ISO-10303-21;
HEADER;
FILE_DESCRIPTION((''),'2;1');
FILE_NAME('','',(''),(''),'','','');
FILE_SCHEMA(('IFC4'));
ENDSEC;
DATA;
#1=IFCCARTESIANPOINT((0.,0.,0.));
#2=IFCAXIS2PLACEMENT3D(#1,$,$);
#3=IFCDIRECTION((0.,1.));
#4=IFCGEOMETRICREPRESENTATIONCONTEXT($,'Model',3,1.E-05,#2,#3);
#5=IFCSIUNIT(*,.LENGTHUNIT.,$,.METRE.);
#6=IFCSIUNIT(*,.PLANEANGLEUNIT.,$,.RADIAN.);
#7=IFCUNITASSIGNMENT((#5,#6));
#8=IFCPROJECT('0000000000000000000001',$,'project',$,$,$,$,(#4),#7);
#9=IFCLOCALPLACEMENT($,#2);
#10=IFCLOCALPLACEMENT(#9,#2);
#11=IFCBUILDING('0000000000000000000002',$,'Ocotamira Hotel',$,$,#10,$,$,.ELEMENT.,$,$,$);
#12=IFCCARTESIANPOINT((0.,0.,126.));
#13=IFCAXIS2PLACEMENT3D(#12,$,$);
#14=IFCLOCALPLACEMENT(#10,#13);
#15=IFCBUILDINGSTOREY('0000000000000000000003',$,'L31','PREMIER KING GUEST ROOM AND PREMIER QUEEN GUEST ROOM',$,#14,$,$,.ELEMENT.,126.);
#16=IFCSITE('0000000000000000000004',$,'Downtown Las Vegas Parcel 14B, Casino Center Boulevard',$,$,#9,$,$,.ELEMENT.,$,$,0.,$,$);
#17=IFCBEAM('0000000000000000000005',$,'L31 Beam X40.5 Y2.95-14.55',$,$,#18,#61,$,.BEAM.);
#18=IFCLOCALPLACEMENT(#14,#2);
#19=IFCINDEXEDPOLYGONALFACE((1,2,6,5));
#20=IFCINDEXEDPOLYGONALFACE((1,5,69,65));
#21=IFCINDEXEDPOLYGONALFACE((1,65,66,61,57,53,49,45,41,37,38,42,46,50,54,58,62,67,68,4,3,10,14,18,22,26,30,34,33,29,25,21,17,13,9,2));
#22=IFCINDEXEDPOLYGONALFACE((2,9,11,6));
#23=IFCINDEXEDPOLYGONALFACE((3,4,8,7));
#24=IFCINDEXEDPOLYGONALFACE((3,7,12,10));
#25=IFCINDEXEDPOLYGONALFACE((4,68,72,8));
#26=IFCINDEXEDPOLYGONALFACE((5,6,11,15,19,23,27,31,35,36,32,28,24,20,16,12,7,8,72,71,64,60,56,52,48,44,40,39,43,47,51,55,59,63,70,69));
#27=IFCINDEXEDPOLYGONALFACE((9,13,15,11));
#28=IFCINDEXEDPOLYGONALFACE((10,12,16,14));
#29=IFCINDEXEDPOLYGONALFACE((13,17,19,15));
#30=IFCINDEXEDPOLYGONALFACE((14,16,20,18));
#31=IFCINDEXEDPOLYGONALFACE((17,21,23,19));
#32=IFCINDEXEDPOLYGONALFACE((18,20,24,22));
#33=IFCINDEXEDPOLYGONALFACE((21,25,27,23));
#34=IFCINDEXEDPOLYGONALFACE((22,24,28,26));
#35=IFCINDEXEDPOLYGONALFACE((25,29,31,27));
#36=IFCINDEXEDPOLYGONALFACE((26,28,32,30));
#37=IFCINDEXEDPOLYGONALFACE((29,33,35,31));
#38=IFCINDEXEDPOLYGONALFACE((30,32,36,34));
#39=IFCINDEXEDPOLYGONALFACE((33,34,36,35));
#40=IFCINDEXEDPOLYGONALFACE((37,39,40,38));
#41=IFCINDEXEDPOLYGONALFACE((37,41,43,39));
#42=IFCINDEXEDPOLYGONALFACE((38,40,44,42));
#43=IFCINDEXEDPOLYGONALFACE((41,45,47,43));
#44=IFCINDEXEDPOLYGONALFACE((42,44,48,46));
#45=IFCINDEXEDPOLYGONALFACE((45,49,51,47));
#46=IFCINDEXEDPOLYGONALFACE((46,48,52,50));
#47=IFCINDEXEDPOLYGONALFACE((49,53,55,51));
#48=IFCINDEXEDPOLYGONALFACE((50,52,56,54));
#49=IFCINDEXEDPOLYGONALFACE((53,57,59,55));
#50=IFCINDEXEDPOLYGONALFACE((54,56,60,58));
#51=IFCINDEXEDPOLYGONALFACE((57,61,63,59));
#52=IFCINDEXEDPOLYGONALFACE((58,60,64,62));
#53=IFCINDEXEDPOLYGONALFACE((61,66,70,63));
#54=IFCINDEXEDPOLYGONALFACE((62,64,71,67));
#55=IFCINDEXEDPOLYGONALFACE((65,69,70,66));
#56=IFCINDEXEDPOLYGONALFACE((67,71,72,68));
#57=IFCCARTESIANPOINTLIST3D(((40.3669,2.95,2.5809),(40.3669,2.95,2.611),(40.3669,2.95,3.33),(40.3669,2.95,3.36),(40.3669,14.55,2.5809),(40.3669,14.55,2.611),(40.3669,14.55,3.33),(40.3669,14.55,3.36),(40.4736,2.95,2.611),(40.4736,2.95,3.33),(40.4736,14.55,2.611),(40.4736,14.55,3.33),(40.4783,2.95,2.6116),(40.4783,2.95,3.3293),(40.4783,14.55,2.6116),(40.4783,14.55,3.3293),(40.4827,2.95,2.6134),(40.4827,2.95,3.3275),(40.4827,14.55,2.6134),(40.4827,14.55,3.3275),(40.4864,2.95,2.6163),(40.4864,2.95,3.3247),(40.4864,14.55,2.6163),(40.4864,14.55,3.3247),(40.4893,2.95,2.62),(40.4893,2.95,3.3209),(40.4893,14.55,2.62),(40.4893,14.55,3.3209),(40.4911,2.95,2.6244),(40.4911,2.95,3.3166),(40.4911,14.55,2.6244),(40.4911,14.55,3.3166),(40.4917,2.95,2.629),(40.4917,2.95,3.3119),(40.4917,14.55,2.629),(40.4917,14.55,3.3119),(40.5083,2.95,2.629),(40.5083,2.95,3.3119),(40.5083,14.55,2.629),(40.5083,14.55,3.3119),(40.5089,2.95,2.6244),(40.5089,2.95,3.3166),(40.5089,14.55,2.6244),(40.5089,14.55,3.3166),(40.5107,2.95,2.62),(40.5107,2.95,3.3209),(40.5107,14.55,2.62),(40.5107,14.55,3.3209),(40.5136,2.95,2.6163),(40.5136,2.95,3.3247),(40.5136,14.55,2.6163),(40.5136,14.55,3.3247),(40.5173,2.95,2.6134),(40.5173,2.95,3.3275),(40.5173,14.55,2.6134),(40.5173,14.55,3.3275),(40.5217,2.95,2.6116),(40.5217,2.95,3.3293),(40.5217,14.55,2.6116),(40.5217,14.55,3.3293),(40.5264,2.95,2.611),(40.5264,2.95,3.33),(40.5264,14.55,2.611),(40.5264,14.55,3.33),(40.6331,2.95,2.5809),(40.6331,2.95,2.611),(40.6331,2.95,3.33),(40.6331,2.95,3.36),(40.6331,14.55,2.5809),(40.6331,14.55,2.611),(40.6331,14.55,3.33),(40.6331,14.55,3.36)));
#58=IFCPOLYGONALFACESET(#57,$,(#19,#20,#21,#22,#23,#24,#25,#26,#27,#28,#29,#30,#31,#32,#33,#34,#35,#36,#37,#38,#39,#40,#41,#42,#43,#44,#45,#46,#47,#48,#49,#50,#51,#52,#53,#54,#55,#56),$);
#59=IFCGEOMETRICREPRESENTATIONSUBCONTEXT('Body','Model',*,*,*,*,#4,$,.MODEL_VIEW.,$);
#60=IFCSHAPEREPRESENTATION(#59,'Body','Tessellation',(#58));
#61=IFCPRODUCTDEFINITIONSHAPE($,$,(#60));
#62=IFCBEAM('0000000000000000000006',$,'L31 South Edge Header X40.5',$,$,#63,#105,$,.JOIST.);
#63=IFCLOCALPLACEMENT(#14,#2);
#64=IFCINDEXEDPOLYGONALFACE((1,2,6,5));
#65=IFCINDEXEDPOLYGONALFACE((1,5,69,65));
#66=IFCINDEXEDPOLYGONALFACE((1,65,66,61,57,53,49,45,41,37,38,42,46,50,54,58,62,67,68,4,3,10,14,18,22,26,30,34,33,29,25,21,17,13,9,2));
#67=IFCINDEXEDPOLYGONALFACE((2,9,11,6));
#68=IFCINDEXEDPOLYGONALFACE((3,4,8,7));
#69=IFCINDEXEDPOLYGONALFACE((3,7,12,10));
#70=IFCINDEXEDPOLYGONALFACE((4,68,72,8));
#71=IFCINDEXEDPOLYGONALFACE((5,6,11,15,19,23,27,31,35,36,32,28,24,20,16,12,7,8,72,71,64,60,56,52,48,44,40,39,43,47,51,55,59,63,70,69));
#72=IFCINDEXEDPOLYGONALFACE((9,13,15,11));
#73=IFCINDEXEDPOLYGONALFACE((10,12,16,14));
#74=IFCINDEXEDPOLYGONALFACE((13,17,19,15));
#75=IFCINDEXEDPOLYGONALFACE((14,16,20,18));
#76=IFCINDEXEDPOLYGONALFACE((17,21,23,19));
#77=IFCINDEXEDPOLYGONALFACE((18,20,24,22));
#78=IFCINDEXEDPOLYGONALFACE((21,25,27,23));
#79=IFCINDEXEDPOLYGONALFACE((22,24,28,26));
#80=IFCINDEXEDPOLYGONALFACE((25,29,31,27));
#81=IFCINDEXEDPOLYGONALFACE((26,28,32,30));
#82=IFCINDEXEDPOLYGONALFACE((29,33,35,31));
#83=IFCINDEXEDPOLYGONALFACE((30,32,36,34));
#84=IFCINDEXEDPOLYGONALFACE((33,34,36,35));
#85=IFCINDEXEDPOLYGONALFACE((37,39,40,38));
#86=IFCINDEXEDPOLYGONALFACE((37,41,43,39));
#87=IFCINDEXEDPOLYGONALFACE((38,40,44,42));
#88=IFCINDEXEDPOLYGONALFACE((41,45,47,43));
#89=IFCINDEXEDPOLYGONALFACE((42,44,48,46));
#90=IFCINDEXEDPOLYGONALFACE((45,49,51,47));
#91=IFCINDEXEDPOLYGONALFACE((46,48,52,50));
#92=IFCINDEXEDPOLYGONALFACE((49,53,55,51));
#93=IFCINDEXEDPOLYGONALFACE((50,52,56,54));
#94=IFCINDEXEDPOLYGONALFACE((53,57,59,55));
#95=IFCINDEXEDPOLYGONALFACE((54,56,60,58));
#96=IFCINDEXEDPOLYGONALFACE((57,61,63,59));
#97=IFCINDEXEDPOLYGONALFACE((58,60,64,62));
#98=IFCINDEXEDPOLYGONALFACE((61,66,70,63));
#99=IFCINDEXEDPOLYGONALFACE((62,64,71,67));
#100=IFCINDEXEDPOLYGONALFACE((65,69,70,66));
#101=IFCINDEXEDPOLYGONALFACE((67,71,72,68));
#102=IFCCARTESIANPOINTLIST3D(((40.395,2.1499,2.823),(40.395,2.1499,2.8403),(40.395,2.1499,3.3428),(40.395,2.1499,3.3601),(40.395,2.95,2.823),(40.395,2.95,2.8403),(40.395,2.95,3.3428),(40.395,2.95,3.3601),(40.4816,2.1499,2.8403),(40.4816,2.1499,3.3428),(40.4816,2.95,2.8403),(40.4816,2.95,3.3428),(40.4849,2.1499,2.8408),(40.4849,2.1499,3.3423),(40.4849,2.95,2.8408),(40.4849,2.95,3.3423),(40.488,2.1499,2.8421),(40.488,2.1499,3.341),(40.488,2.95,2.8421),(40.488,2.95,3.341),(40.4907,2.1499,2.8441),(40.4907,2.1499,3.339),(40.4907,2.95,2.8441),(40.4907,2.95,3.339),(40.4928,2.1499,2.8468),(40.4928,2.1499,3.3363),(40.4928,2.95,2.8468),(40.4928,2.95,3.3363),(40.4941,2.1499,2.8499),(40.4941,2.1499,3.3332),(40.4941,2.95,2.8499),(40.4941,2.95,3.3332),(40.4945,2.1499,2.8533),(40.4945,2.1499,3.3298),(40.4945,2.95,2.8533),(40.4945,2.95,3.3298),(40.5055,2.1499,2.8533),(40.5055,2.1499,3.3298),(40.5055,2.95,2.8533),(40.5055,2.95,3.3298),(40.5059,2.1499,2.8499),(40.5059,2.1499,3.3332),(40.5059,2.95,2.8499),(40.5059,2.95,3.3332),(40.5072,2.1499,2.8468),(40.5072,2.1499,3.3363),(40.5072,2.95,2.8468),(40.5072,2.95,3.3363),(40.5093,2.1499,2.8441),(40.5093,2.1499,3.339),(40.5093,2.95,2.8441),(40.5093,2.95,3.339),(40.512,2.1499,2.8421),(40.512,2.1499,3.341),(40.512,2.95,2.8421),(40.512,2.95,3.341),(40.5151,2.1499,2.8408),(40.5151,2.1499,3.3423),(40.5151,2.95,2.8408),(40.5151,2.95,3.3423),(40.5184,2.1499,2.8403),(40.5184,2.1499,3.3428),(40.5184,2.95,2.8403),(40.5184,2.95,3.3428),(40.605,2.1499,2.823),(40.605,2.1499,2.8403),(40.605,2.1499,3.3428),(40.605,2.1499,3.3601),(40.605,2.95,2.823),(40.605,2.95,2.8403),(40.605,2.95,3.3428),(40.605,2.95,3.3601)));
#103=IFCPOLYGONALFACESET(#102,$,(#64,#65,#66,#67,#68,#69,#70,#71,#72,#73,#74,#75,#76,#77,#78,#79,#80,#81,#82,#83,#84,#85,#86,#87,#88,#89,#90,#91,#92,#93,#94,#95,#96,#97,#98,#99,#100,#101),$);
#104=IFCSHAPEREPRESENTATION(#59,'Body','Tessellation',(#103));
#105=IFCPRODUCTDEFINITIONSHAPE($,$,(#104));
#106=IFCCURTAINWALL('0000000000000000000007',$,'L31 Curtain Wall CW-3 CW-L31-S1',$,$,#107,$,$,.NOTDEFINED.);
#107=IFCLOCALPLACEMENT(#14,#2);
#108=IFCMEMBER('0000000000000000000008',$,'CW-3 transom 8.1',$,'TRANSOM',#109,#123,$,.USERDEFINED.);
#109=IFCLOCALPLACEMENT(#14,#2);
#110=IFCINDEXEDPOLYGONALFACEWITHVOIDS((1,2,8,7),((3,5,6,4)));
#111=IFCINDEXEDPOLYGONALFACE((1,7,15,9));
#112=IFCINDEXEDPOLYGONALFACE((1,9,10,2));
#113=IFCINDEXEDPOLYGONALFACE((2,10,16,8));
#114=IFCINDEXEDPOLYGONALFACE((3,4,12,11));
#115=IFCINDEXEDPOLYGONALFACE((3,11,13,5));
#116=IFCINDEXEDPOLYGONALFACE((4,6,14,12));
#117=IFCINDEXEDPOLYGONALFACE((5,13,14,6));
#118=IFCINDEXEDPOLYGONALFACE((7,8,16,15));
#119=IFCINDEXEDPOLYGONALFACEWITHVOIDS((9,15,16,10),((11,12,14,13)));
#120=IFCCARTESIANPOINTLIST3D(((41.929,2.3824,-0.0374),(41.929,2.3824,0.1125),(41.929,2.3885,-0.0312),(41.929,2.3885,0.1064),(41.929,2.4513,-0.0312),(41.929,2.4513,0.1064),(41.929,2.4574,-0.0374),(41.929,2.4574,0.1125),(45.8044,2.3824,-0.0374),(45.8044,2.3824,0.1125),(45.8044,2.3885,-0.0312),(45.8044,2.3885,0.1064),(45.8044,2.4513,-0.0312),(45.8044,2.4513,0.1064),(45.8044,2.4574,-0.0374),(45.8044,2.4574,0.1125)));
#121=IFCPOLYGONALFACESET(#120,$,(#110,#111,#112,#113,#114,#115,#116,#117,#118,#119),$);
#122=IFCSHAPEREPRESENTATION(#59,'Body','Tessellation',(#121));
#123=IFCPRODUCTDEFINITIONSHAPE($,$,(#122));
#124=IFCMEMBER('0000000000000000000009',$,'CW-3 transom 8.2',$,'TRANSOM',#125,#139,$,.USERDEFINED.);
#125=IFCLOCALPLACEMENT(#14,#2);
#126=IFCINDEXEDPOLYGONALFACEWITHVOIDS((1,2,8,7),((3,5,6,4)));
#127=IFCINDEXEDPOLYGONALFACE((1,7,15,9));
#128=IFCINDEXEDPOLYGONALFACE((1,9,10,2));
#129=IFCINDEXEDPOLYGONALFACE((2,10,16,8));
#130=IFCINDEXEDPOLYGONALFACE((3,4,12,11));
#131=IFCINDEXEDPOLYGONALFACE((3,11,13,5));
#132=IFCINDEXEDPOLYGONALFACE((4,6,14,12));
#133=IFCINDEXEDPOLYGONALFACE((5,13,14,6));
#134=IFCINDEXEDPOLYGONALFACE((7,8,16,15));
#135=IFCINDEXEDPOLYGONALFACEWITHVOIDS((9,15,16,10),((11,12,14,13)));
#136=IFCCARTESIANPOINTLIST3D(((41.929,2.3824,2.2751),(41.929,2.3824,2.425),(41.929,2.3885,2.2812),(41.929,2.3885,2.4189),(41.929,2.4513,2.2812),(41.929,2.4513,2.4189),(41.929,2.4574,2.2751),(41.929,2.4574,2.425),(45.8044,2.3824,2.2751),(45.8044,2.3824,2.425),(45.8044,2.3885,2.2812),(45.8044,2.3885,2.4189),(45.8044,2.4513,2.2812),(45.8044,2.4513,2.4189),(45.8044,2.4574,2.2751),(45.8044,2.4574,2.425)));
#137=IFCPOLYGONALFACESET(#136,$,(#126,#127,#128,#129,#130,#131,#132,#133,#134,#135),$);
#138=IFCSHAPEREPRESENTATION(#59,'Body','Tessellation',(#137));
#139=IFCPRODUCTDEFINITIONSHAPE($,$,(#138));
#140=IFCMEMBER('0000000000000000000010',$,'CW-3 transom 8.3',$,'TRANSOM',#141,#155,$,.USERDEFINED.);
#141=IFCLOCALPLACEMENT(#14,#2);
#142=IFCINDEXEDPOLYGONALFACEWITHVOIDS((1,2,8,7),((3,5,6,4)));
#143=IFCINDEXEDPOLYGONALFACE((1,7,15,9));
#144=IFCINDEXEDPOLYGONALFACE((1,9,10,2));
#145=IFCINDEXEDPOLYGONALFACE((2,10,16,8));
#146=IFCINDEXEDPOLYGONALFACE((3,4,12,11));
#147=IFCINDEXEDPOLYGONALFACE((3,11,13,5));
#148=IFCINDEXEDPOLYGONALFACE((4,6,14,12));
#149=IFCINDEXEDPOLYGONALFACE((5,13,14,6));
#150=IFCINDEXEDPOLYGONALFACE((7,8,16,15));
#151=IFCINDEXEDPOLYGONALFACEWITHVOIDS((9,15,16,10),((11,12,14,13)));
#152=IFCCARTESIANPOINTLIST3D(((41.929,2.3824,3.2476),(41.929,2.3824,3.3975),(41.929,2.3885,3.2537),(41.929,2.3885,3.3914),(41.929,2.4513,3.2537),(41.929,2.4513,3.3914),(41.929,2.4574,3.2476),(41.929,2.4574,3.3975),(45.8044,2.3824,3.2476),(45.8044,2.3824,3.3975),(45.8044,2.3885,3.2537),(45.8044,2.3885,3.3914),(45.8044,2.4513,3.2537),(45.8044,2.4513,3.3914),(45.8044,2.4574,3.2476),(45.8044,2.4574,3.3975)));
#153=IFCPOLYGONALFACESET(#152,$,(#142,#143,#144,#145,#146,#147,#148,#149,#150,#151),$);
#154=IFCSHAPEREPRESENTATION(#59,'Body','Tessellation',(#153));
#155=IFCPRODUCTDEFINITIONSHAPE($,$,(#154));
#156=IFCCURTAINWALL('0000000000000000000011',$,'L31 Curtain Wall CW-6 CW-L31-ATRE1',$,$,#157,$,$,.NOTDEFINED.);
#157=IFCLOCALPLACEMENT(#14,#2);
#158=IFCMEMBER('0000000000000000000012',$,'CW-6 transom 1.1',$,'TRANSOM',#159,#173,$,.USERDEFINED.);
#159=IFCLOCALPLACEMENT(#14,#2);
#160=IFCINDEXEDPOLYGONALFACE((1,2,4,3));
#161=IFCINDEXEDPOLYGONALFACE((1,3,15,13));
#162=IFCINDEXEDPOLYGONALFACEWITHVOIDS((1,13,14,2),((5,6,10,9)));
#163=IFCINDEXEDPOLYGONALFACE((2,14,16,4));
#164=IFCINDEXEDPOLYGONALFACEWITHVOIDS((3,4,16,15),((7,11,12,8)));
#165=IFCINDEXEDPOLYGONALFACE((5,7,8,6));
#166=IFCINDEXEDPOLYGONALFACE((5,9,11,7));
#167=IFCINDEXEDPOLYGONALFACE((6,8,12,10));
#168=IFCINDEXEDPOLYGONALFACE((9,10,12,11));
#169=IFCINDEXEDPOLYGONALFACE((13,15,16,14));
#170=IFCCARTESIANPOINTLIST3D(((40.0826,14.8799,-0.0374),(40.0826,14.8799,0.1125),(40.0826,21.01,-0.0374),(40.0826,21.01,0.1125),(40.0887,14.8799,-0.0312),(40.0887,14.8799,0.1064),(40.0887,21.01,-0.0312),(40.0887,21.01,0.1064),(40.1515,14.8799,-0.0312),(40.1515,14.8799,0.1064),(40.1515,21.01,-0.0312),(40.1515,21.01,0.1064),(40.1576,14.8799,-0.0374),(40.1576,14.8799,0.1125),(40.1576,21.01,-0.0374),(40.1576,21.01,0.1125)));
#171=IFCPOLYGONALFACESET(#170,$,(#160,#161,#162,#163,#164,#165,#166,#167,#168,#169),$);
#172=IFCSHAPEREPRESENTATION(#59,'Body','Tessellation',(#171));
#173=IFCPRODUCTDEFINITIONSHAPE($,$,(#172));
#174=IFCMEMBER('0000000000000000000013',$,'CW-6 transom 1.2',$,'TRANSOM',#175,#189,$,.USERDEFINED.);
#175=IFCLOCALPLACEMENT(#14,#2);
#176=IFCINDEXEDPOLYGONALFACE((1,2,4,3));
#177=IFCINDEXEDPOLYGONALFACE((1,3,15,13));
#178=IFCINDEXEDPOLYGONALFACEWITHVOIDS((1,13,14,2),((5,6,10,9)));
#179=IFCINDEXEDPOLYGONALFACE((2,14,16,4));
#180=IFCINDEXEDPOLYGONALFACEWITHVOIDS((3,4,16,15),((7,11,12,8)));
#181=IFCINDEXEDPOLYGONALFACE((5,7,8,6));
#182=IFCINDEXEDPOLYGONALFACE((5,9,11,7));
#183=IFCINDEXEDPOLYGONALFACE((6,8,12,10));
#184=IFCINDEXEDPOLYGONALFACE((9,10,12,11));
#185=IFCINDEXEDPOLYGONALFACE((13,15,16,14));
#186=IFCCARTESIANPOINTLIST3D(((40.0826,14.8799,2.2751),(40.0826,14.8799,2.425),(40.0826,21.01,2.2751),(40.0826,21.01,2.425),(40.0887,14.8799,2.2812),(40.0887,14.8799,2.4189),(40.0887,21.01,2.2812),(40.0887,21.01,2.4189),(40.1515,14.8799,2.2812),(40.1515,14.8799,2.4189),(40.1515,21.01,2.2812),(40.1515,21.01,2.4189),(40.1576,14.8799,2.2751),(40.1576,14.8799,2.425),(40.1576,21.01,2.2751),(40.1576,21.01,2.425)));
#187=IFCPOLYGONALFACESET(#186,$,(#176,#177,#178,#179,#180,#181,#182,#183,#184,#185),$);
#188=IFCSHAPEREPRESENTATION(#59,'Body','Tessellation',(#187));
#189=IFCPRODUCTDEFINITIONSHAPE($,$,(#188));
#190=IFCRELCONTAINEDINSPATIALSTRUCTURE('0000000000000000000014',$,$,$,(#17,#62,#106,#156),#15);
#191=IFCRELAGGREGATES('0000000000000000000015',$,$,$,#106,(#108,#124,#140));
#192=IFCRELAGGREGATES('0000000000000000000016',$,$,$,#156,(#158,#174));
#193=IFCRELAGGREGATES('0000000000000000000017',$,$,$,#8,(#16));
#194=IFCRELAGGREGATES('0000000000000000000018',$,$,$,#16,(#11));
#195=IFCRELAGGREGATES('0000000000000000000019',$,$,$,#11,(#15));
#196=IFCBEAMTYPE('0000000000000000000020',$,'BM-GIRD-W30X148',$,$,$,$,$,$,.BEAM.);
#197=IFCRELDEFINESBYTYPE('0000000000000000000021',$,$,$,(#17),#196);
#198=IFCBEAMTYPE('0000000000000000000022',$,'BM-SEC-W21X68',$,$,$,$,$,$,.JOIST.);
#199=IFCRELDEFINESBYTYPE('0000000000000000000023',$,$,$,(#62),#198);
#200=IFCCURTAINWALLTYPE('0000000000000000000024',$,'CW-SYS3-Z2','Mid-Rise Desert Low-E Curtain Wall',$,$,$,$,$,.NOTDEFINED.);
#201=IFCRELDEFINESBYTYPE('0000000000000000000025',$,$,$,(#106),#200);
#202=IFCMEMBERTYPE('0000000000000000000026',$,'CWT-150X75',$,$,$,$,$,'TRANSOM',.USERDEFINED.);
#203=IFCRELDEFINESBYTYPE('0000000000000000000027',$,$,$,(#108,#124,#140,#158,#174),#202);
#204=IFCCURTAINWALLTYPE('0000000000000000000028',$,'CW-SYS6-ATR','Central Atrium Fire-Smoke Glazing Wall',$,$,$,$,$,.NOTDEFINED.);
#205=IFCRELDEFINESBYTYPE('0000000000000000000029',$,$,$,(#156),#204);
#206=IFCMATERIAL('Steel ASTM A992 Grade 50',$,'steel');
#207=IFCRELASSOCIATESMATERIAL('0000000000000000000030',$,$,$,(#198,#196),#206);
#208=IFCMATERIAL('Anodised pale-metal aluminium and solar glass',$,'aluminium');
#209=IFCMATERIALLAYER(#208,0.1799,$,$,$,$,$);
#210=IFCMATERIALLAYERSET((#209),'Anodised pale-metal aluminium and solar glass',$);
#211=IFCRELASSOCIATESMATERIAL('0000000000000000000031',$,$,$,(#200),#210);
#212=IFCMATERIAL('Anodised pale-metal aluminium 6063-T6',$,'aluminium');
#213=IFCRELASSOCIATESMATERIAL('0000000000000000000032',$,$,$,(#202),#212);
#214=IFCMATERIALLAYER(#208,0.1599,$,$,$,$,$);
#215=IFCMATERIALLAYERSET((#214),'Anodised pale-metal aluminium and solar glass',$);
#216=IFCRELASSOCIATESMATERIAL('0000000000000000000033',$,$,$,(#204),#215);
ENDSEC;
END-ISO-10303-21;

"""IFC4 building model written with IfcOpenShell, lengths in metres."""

from ifc_helpers import new_model, si_unit, direction, frame, origin, origin_2d, place, context, subcontext, project, spatial, hollow_rectangle, i_section, extrude, source, transform, mapped, material, layer, layer_set, material_profile, profile_set, type_object, element, aggregate, save


model = new_model("IFC4")

# Units and contexts
model_context = context("Model", 3, precision=1e-05, world=origin(), true_north=direction((0.0, 1.0)))
body_context = subcontext(model_context, "Body", "Model", "MODEL_VIEW")
ifc_project = project(units=[si_unit("LENGTHUNIT", "METRE"), si_unit("PLANEANGLEUNIT", "RADIAN")], contexts=[model_context])

# Site, building, storey
site_placement = place(None, origin())
site = spatial("IfcSite", under=ifc_project, at=site_placement, Name="Downtown Las Vegas Parcel 14B, Casino Center Boulevard", CompositionType="ELEMENT", RefElevation=0.0)
building_placement = place(site_placement, origin())
building = spatial("IfcBuilding", under=site, at=building_placement, Name="Ocotamira Hotel", CompositionType="ELEMENT")
storey_placement = place(building_placement, frame((0.0, 0.0, 126.0)))
storey = spatial("IfcBuildingStorey", under=building, at=storey_placement, Name="L31", Description="PREMIER KING GUEST ROOM AND PREMIER QUEEN GUEST ROOM", CompositionType="ELEMENT", Elevation=126.0)

# Beams
ifc_material_1 = material(Name="Steel ASTM A992 Grade 50", Category="steel")
ifc_material_profile_1 = material_profile(ifc_material_1, i_section(OverallWidth=0.21, OverallDepth=0.5371, WebThickness=0.011, FlangeThickness=0.0173, FilletRadius=0.0129, at=origin_2d()), Name="W21X68")
ifc_profile_set_1 = profile_set([ifc_material_profile_1], Name="Steel ASTM A992 Grade 50")
beam_type_1 = type_object("IfcBeamType", Name="BM-SEC-W21X68", PredefinedType="JOIST", material=ifc_profile_set_1)
ifc_material_profile_2 = material_profile(ifc_material_1, i_section(OverallWidth=0.2661, OverallDepth=0.7791, WebThickness=0.0166, FlangeThickness=0.03, FilletRadius=0.0181, at=origin_2d()), Name="W30X148")
ifc_profile_set_2 = profile_set([ifc_material_profile_2], Name="Steel ASTM A992 Grade 50")
beam_type_2 = type_object("IfcBeamType", Name="BM-GIRD-W30X148", PredefinedType="BEAM", material=ifc_profile_set_2)
shared_shape_1 = source(origin(), body_context, "Body", "SweptSolid", [
    extrude(i_section(OverallWidth=0.2661, OverallDepth=0.7791, WebThickness=0.0166, FlangeThickness=0.03, FilletRadius=0.0181, at=origin_2d()), origin(), (0.0, 0.0, 1.0), 11.6001),
])
beam_1_placement = place(storey_placement, frame((40.5, 2.95, 2.9705), z_axis=(0.0, 1.0, 0.0), x_axis=(-1.0, 0.0, 0.0)))
element("IfcBeam", 1, at=beam_1_placement, inside=storey, type_object=beam_type_2, Name="L31 Beam X40.5 Y2.95-14.55", PredefinedType="BEAM", context=body_context, shape_type="MappedRepresentation", body=[
    mapped(shared_shape_1, transform((0.0, 0.0, 0.0), scale=1.0)),
])
shared_shape_2 = source(origin(), body_context, "Body", "SweptSolid", [
    extrude(i_section(OverallWidth=0.21, OverallDepth=0.5371, WebThickness=0.011, FlangeThickness=0.0173, FilletRadius=0.0129, at=origin_2d()), origin(), (0.0, 0.0, 1.0), 0.8),
])
beam_2_placement = place(storey_placement, frame((40.5, 2.95, 3.0916), z_axis=(0.0, -1.0, 0.0), x_axis=(1.0, 0.0, 0.0)))
element("IfcBeam", 2, at=beam_2_placement, inside=storey, type_object=beam_type_1, Name="L31 South Edge Header X40.5", PredefinedType="JOIST", context=body_context, shape_type="MappedRepresentation", body=[
    mapped(shared_shape_2, transform((0.0, 0.0, 0.0), scale=1.0)),
])

# Curtain walls, members
ifc_material_2 = material(Name="Anodised pale-metal aluminium and solar glass", Category="aluminium")
ifc_layer_1 = layer(ifc_material_2, 0.1799)
ifc_layer_set_1 = layer_set([ifc_layer_1], Name="Anodised pale-metal aluminium and solar glass")
curtain_wall_type_1 = type_object("IfcCurtainWallType", Name="CW-SYS3-Z2", Description="Mid-Rise Desert Low-E Curtain Wall", PredefinedType="NOTDEFINED", material=ifc_layer_set_1)
curtain_wall_1_placement = place(storey_placement, origin())
curtain_wall_1 = element("IfcCurtainWall", 3, at=curtain_wall_1_placement, inside=storey, type_object=curtain_wall_type_1, Name="L31 Curtain Wall CW-3 CW-L31-S1", PredefinedType="NOTDEFINED")
ifc_material_3 = material(Name="Anodised pale-metal aluminium 6063-T6", Category="aluminium")
ifc_material_profile_3 = material_profile(ifc_material_3, hollow_rectangle(XDim=0.075, YDim=0.1499, WallThickness=0.0061, at=origin_2d()), Name="HSS150X75X6")
ifc_profile_set_3 = profile_set([ifc_material_profile_3], Name="Anodised pale-metal aluminium 6063-T6")
member_type_1 = type_object("IfcMemberType", Name="CWT-150X75", ElementType="TRANSOM", PredefinedType="USERDEFINED", material=ifc_profile_set_3)
shared_shape_3 = source(origin(), body_context, "Body", "SweptSolid", [
    extrude(hollow_rectangle(XDim=0.075, YDim=0.1499, WallThickness=0.0061, at=origin_2d()), origin(), (0.0, 0.0, 1.0), 3.8755),
])
member_1_placement = place(storey_placement, frame((41.929, 2.4199, 0.0376), z_axis=(1.0, 0.0, 0.0), x_axis=(0.0, 1.0, 0.0)))
member_1 = element("IfcMember", 4, at=member_1_placement, type_object=member_type_1, Name="CW-3 transom 8.1", ObjectType="TRANSOM", PredefinedType="USERDEFINED", context=body_context, shape_type="MappedRepresentation", body=[
    mapped(shared_shape_3, transform((0.0, 0.0, 0.0), scale=1.0)),
])
member_2_placement = place(storey_placement, frame((41.929, 2.4199, 2.3501), z_axis=(1.0, 0.0, 0.0), x_axis=(0.0, 1.0, 0.0)))
member_2 = element("IfcMember", 5, at=member_2_placement, type_object=member_type_1, Name="CW-3 transom 8.2", ObjectType="TRANSOM", PredefinedType="USERDEFINED", context=body_context, shape_type="MappedRepresentation", body=[
    mapped(shared_shape_3, transform((0.0, 0.0, 0.0), scale=1.0)),
])
member_3_placement = place(storey_placement, frame((41.929, 2.4199, 3.3225), z_axis=(1.0, 0.0, 0.0), x_axis=(0.0, 1.0, 0.0)))
member_3 = element("IfcMember", 6, at=member_3_placement, type_object=member_type_1, Name="CW-3 transom 8.3", ObjectType="TRANSOM", PredefinedType="USERDEFINED", context=body_context, shape_type="MappedRepresentation", body=[
    mapped(shared_shape_3, transform((0.0, 0.0, 0.0), scale=1.0)),
])
ifc_layer_2 = layer(ifc_material_2, 0.1599)
ifc_layer_set_2 = layer_set([ifc_layer_2], Name="Anodised pale-metal aluminium and solar glass")
curtain_wall_type_2 = type_object("IfcCurtainWallType", Name="CW-SYS6-ATR", Description="Central Atrium Fire-Smoke Glazing Wall", PredefinedType="NOTDEFINED", material=ifc_layer_set_2)
curtain_wall_2_placement = place(storey_placement, origin())
curtain_wall_2 = element("IfcCurtainWall", 7, at=curtain_wall_2_placement, inside=storey, type_object=curtain_wall_type_2, Name="L31 Curtain Wall CW-6 CW-L31-ATRE1", PredefinedType="NOTDEFINED")
shared_shape_4 = source(origin(), body_context, "Body", "SweptSolid", [
    extrude(hollow_rectangle(XDim=0.075, YDim=0.1499, WallThickness=0.0061, at=origin_2d()), origin(), (0.0, 0.0, 1.0), 6.1301),
])
member_4_placement = place(storey_placement, frame((40.1201, 14.8799, 0.0376), z_axis=(0.0, 1.0, 0.0), x_axis=(-1.0, 0.0, 0.0)))
member_4 = element("IfcMember", 8, at=member_4_placement, type_object=member_type_1, Name="CW-6 transom 1.1", ObjectType="TRANSOM", PredefinedType="USERDEFINED", context=body_context, shape_type="MappedRepresentation", body=[
    mapped(shared_shape_4, transform((0.0, 0.0, 0.0), scale=1.0)),
])
member_5_placement = place(storey_placement, frame((40.1201, 14.8799, 2.3501), z_axis=(0.0, 1.0, 0.0), x_axis=(-1.0, 0.0, 0.0)))
member_5 = element("IfcMember", 9, at=member_5_placement, type_object=member_type_1, Name="CW-6 transom 1.2", ObjectType="TRANSOM", PredefinedType="USERDEFINED", context=body_context, shape_type="MappedRepresentation", body=[
    mapped(shared_shape_4, transform((0.0, 0.0, 0.0), scale=1.0)),
])

aggregate(curtain_wall_1, [member_1, member_2, member_3])
aggregate(curtain_wall_2, [member_4, member_5])

save(model, "model.ifc")
